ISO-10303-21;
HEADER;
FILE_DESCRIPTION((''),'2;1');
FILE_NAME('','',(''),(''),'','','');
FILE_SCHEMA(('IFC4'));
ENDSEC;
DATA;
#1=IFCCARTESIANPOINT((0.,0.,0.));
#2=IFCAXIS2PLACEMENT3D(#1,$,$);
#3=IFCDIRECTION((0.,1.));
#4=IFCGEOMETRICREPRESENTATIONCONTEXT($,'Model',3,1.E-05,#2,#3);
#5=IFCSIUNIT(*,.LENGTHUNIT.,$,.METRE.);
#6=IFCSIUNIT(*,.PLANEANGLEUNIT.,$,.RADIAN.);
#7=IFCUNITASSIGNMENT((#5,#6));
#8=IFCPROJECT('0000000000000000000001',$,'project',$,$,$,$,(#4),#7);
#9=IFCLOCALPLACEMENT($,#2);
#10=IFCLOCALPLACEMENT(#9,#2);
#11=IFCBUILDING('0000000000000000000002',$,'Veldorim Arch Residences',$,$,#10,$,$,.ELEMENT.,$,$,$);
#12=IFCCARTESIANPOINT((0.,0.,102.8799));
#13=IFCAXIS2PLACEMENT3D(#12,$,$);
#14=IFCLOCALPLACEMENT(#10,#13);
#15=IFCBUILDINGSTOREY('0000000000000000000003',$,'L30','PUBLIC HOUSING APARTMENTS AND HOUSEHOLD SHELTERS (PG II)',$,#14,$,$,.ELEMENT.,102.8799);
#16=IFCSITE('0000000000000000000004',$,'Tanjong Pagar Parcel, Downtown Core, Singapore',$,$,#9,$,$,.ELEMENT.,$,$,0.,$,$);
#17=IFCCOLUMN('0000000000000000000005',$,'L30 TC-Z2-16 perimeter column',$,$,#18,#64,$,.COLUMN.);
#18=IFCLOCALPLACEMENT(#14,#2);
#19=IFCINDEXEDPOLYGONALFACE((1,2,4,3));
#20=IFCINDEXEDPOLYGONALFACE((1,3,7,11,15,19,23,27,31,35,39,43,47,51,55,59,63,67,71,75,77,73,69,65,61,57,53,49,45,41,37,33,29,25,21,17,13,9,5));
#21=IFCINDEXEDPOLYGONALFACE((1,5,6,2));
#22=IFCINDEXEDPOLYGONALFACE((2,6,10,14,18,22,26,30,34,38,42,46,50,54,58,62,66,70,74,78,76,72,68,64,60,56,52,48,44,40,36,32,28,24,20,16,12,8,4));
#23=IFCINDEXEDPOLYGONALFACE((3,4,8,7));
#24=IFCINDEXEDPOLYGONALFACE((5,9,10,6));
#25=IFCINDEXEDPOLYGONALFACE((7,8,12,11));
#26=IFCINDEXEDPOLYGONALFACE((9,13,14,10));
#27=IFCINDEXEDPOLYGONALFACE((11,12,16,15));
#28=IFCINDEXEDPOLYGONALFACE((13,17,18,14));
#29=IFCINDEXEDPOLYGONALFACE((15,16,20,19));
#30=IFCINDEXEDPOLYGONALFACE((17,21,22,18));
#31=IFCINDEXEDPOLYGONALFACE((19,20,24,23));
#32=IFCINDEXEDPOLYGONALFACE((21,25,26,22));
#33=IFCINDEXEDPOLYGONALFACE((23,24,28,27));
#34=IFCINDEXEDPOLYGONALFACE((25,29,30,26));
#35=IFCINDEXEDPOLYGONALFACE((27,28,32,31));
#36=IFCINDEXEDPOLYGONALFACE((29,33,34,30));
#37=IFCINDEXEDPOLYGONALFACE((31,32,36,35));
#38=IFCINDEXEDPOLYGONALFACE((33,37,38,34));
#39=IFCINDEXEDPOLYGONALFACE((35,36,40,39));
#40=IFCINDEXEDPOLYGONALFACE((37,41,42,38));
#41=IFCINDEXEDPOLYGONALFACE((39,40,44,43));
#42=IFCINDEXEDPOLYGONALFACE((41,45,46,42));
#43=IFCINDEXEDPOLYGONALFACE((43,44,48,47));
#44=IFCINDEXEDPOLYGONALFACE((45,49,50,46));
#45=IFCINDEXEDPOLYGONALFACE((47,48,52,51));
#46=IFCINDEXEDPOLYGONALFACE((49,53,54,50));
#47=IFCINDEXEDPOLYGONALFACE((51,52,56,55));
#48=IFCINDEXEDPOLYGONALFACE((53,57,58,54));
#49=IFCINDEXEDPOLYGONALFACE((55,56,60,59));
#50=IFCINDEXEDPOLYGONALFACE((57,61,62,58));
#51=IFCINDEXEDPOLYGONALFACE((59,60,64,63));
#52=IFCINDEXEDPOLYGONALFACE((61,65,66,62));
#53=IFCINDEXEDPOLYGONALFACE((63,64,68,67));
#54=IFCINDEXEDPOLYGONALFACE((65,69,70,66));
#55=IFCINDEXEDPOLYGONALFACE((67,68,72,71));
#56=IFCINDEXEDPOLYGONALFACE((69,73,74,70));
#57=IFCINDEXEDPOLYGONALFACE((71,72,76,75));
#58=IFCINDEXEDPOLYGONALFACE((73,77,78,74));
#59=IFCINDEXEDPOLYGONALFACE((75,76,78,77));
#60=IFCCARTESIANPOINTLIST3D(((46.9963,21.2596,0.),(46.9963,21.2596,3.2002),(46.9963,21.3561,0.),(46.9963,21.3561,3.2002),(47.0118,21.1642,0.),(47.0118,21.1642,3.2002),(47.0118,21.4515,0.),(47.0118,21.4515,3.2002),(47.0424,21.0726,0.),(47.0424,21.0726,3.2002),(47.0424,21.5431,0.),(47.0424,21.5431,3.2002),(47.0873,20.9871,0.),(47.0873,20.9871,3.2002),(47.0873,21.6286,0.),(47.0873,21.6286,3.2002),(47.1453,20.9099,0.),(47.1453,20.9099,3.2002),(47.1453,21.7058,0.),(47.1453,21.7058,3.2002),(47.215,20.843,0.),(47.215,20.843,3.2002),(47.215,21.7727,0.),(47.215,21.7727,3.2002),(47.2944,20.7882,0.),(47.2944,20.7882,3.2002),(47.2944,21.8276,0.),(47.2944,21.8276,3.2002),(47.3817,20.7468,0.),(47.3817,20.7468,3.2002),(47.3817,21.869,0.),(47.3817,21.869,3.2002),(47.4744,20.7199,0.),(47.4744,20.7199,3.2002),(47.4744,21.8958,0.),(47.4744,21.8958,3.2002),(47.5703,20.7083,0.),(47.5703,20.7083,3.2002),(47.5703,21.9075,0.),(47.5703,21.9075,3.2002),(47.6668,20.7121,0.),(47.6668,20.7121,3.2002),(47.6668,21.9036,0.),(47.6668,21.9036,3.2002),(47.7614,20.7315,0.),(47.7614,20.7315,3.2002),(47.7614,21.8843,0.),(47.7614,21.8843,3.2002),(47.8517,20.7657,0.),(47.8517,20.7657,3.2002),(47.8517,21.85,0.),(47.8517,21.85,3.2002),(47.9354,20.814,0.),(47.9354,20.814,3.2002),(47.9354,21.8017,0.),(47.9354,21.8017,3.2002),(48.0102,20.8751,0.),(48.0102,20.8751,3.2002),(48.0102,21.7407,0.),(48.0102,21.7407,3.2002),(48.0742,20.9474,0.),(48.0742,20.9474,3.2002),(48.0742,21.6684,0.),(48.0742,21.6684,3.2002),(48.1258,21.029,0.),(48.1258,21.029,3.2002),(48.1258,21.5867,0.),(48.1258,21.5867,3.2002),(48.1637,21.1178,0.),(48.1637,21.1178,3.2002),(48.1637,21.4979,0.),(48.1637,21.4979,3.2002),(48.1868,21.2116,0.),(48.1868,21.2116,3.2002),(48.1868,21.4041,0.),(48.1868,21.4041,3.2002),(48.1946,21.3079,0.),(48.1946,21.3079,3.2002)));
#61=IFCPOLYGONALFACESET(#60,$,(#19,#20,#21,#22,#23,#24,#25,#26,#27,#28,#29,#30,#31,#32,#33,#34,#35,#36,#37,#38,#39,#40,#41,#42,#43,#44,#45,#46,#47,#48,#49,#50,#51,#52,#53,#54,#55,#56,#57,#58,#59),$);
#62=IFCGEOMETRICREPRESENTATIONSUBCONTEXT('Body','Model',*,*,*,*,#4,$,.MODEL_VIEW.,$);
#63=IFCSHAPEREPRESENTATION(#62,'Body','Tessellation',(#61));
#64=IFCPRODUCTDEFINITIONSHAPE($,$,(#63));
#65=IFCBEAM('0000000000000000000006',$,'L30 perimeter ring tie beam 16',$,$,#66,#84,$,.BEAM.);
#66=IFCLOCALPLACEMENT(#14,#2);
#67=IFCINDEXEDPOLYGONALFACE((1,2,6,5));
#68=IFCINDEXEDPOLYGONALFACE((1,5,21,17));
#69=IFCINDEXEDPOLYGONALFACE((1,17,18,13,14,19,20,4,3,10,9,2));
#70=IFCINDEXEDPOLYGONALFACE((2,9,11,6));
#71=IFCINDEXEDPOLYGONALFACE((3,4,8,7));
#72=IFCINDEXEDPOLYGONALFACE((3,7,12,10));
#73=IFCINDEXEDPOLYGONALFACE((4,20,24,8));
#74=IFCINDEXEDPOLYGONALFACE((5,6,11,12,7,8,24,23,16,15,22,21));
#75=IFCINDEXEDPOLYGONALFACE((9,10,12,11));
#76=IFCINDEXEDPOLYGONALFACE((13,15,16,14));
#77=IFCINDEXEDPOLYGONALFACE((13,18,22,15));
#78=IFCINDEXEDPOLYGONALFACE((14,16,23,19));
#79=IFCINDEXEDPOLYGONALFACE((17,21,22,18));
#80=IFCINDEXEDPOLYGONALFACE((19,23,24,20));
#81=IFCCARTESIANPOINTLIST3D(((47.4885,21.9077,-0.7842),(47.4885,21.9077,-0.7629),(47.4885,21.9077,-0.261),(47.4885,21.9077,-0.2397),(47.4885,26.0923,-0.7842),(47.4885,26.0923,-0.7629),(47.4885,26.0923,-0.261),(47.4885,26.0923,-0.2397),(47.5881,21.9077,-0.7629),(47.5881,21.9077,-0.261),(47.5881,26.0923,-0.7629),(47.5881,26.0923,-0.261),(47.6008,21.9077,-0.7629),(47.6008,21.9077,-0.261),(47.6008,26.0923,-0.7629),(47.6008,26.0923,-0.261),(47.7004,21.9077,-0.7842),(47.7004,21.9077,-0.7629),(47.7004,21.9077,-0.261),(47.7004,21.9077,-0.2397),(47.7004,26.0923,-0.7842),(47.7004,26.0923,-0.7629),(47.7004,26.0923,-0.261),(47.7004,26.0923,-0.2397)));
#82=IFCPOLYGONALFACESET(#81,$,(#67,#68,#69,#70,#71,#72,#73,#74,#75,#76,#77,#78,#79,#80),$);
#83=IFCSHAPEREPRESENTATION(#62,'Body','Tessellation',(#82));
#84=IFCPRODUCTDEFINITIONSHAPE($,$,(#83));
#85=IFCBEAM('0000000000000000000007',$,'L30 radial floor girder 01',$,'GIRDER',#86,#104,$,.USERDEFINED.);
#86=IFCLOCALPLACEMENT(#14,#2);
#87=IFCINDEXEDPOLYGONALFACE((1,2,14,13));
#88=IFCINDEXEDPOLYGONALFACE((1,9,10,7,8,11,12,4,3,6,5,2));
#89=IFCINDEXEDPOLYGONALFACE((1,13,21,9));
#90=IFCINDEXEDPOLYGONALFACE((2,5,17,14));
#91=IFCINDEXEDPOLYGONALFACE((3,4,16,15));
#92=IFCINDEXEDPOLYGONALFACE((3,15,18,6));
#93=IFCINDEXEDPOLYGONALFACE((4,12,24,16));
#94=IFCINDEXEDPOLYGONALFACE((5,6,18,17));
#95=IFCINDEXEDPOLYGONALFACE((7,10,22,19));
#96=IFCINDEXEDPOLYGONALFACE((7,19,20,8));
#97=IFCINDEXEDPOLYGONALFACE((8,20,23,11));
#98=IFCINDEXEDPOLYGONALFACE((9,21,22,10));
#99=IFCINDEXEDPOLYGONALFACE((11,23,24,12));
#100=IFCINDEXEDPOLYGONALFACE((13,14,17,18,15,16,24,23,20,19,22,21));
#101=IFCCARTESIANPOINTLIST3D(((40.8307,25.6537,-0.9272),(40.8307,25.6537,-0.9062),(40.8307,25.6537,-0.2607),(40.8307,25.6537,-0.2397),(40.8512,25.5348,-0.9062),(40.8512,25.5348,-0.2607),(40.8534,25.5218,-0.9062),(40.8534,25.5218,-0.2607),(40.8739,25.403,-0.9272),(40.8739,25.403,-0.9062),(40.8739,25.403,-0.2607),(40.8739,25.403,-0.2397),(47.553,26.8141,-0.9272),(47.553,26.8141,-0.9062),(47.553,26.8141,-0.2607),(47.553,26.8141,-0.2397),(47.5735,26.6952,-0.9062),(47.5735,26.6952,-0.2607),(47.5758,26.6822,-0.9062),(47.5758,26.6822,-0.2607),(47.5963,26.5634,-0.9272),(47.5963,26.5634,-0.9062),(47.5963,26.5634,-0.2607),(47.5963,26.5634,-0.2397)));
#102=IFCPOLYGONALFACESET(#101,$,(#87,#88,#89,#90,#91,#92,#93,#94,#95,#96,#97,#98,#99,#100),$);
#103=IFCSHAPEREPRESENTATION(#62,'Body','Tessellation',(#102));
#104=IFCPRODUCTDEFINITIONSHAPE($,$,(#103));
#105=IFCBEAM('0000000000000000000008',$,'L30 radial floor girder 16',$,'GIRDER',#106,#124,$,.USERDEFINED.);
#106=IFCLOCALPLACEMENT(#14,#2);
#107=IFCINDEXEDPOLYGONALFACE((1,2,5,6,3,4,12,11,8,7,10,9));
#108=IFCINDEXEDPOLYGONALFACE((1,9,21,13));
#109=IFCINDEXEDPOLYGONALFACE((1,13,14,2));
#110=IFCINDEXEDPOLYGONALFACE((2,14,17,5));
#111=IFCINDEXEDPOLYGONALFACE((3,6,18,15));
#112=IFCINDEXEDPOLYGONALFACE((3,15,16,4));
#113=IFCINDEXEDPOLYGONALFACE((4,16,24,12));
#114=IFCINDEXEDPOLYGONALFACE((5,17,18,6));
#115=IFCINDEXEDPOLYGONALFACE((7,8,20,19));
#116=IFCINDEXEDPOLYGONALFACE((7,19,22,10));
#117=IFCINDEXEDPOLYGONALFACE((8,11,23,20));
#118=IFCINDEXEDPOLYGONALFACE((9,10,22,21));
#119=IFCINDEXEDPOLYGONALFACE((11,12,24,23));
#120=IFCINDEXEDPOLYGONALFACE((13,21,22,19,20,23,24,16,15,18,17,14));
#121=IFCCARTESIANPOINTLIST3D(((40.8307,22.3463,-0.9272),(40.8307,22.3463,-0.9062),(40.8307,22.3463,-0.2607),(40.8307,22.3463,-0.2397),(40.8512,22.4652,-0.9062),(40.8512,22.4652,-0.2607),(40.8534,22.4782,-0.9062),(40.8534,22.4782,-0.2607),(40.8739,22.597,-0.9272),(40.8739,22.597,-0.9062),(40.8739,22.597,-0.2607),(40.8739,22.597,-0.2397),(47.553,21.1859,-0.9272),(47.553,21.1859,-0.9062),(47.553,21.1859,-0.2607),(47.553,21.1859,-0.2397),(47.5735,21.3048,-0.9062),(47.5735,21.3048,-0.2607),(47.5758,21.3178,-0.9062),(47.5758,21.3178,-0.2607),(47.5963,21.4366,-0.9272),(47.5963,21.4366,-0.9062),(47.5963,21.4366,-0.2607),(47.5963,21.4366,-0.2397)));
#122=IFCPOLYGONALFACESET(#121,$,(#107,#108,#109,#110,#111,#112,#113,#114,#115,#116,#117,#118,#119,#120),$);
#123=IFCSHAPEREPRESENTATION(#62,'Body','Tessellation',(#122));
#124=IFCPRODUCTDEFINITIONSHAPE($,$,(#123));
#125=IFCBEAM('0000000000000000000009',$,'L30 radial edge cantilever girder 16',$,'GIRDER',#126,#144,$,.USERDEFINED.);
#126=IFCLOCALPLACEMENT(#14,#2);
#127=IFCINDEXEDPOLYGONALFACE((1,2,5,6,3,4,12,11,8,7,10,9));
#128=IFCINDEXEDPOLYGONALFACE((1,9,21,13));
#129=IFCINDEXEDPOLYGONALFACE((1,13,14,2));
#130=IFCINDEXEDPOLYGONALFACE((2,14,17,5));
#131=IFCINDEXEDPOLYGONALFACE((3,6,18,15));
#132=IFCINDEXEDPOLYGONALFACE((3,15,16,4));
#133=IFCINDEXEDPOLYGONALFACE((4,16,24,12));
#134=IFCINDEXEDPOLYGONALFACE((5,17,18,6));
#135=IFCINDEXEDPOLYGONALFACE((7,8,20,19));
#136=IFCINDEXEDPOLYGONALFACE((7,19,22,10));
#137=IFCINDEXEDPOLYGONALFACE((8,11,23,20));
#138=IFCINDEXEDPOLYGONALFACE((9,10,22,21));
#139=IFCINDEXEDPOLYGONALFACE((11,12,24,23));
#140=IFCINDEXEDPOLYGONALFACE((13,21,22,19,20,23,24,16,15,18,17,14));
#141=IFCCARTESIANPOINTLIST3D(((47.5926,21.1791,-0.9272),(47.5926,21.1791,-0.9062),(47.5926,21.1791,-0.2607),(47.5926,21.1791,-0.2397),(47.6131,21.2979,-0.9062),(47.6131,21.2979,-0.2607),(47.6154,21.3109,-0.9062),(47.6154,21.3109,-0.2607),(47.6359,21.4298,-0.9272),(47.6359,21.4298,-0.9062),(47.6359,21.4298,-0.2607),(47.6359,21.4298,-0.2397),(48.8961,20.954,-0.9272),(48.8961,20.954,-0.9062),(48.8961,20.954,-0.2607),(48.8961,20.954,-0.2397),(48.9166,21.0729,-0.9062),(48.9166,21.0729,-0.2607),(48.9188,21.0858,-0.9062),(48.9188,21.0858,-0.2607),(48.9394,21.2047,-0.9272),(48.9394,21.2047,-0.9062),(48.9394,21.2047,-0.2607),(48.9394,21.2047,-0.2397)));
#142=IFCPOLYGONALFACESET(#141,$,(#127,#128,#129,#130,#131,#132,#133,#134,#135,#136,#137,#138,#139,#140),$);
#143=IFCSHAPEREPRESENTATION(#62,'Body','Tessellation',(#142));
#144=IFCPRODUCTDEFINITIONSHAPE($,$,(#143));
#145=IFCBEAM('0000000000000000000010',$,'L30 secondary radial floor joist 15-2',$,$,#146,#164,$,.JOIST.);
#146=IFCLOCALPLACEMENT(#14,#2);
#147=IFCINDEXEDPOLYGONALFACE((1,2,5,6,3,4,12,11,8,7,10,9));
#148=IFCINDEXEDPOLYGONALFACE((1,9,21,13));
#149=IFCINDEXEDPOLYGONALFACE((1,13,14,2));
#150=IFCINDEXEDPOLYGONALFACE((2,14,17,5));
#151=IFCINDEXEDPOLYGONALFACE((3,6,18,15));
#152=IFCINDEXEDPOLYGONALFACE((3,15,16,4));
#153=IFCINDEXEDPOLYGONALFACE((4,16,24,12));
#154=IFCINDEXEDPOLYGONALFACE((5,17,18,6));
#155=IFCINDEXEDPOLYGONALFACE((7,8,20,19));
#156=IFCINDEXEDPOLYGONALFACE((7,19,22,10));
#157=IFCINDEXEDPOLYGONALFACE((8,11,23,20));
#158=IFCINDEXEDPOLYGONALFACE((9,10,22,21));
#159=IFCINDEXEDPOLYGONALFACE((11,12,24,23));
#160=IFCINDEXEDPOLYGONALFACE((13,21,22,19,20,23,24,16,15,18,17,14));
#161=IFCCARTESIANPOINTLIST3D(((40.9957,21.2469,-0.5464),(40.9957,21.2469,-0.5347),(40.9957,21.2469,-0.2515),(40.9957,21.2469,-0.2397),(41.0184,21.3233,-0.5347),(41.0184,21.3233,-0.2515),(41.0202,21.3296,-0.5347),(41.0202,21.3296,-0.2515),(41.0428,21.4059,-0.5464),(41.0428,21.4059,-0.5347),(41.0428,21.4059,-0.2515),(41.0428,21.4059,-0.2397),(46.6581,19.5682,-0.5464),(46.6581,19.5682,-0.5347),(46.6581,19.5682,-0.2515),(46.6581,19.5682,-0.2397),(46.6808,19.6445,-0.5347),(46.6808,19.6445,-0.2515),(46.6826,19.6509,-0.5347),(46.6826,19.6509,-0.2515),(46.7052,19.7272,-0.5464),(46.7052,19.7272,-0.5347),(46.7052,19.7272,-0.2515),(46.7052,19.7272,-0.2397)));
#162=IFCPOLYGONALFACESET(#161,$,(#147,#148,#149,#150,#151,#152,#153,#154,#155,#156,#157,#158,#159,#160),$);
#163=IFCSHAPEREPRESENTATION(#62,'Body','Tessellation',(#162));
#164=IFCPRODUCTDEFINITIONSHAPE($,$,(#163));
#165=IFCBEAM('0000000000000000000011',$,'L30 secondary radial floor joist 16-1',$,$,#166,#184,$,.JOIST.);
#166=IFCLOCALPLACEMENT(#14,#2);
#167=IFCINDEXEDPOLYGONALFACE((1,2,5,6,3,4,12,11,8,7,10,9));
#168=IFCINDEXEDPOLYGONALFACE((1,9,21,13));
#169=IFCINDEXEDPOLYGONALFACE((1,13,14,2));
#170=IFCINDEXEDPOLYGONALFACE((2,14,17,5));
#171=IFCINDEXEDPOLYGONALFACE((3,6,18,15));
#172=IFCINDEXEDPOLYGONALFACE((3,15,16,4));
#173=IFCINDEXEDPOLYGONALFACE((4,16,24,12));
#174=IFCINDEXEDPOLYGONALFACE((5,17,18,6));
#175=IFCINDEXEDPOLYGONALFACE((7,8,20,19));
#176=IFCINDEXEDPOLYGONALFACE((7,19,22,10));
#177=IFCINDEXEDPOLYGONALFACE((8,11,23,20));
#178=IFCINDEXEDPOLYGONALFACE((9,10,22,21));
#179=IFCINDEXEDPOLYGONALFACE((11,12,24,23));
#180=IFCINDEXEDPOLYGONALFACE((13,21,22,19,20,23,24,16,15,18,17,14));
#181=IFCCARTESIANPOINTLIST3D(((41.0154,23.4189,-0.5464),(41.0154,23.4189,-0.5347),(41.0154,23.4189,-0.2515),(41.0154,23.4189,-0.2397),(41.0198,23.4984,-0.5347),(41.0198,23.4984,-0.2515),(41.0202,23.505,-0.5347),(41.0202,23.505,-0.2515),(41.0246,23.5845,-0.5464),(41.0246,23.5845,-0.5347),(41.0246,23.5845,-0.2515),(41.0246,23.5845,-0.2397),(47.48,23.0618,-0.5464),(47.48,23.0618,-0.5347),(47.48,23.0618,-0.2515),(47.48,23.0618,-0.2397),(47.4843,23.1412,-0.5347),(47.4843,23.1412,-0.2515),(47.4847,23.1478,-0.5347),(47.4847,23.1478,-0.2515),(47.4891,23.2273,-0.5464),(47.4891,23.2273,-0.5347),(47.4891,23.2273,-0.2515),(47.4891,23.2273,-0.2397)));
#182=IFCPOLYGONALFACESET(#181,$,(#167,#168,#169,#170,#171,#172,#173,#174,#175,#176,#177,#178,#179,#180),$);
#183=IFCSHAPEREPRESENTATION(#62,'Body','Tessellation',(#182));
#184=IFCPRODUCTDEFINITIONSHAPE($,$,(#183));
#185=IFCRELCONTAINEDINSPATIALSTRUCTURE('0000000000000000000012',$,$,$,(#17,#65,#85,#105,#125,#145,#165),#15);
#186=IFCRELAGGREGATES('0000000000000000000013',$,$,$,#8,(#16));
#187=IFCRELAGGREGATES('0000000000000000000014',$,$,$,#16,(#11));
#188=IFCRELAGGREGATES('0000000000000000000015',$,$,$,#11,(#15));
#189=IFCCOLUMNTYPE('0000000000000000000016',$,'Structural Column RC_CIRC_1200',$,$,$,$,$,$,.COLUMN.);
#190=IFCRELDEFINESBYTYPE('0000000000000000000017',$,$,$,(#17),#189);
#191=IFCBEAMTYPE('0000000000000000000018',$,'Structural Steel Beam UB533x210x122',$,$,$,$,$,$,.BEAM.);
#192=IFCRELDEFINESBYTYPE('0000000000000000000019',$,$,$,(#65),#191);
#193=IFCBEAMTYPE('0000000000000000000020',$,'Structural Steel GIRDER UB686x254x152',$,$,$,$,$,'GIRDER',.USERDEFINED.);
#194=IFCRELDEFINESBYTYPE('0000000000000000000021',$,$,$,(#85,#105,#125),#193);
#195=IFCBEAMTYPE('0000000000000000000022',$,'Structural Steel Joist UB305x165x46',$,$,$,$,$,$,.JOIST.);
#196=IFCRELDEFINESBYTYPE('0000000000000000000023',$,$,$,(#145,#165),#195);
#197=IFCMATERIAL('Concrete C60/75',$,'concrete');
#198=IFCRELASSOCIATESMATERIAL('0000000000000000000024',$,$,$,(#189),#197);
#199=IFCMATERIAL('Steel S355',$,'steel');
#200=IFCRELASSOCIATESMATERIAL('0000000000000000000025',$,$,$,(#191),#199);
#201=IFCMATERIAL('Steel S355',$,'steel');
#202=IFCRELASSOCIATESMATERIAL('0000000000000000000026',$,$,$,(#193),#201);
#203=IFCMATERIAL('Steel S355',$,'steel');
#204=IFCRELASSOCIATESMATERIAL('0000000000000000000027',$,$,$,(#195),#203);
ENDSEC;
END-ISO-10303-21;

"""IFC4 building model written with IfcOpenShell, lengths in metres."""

from ifc_helpers import new_model, si_unit, direction, frame, origin, origin_2d, place, context, subcontext, project, spatial, circle, i_section, extrude, material, material_profile, profile_set, type_object, element, save


model = new_model("IFC4")

# Units and contexts
model_context = context("Model", 3, precision=1e-05, world=origin(), true_north=direction((0.0, 1.0)))
body_context = subcontext(model_context, "Body", "Model", "MODEL_VIEW")
ifc_project = project(units=[si_unit("LENGTHUNIT", "METRE"), si_unit("PLANEANGLEUNIT", "RADIAN")], contexts=[model_context])

# Site, building, storey
site_placement = place(None, origin())
site = spatial("IfcSite", under=ifc_project, at=site_placement, Name="Tanjong Pagar Parcel, Downtown Core, Singapore", CompositionType="ELEMENT", RefElevation=0.0)
building_placement = place(site_placement, origin())
building = spatial("IfcBuilding", under=site, at=building_placement, Name="Veldorim Arch Residences", CompositionType="ELEMENT")
storey_placement = place(building_placement, frame((0.0, 0.0, 102.8799)))
storey = spatial("IfcBuildingStorey", under=building, at=storey_placement, Name="L30", Description="PUBLIC HOUSING APARTMENTS AND HOUSEHOLD SHELTERS (PG II)", CompositionType="ELEMENT", Elevation=102.8799)

# Column
ifc_material_1 = material(Name="Concrete C60/75", Category="concrete")
ifc_material_profile_1 = material_profile(ifc_material_1, circle(Radius=0.6001, at=origin_2d()), Name="RC_CIRC_1200")
ifc_profile_set_1 = profile_set([ifc_material_profile_1], Name="Concrete C60/75")
column_type = type_object("IfcColumnType", Name="Structural Column RC_CIRC_1200", PredefinedType="COLUMN", material=ifc_profile_set_1)
column_placement = place(storey_placement, frame((47.5945, 21.3079, 0.0), z_axis=(0.0, 0.0, 1.0), x_axis=(1.0, 0.0, 0.0)))
element("IfcColumn", 1, at=column_placement, inside=storey, type_object=column_type, Name="L30 TC-Z2-16 perimeter column", PredefinedType="COLUMN", context=body_context, shape_type="SweptSolid", body=[
    extrude(circle(Radius=0.6001, at=origin_2d()), origin(), (0.0, 0.0, 1.0), 3.2002),
])

# Beams
ifc_material_2 = material(Name="Steel S355", Category="steel")
ifc_material_profile_2 = material_profile(ifc_material_2, i_section(OverallWidth=0.2119, OverallDepth=0.5444, WebThickness=0.0127, FlangeThickness=0.0212, at=origin_2d()), Name="UB533x210x122")
ifc_profile_set_2 = profile_set([ifc_material_profile_2], Name="Steel S355")
beam_type_1 = type_object("IfcBeamType", Name="Structural Steel Beam UB533x210x122", PredefinedType="BEAM", material=ifc_profile_set_2)
beam_1_placement = place(storey_placement, frame((47.5945, 21.9077, -0.512), z_axis=(0.0, 1.0, 0.0), x_axis=(-1.0, 0.0, 0.0)))
element("IfcBeam", 2, at=beam_1_placement, inside=storey, type_object=beam_type_1, Name="L30 perimeter ring tie beam 16", PredefinedType="BEAM", context=body_context, shape_type="SweptSolid", body=[
    extrude(i_section(OverallWidth=0.2119, OverallDepth=0.5444, WebThickness=0.0127, FlangeThickness=0.0212, at=origin_2d()), origin(), (0.0, 0.0, 1.0), 4.1846),
])
ifc_material_3 = material(Name="Steel S355", Category="steel")
ifc_material_profile_3 = material_profile(ifc_material_3, i_section(OverallWidth=0.2544, OverallDepth=0.6875, WebThickness=0.0132, FlangeThickness=0.021, at=origin_2d()), Name="UB686x254x152")
ifc_profile_set_3 = profile_set([ifc_material_profile_3], Name="Steel S355")
beam_type_2 = type_object("IfcBeamType", Name="Structural Steel GIRDER UB686x254x152", ElementType="GIRDER", PredefinedType="USERDEFINED", material=ifc_profile_set_3)
for number, where, z_axis, x_axis, name in (
    (3, (40.8523, 25.5283, -0.5835), (0.985427, 0.170101, 0.0), (-0.170101, 0.985427, 0.0), "L30 radial floor girder 01"),
    (4, (40.8523, 22.4717, -0.5835), (0.985427, -0.170101, 0.0), (0.170101, 0.985427, 0.0), "L30 radial floor girder 16"),
):
    element("IfcBeam", number, at=place(storey_placement, frame(where, z_axis=z_axis, x_axis=x_axis)), inside=storey, type_object=beam_type_2, Name=name, ObjectType="GIRDER", PredefinedType="USERDEFINED", context=body_context, shape_type="SweptSolid", body=[
        extrude(i_section(OverallWidth=0.2544, OverallDepth=0.6875, WebThickness=0.0132, FlangeThickness=0.021, at=origin_2d()), origin(), (0.0, 0.0, 1.0), 6.8218),
    ])
beam_2_placement = place(storey_placement, frame((47.6143, 21.3044, -0.5835), z_axis=(0.985414, -0.170173, 0.0), x_axis=(0.170173, 0.985414, 0.0)))
element("IfcBeam", 5, at=beam_2_placement, inside=storey, type_object=beam_type_2, Name="L30 radial edge cantilever girder 16", ObjectType="GIRDER", PredefinedType="USERDEFINED", context=body_context, shape_type="SweptSolid", body=[
    extrude(i_section(OverallWidth=0.2544, OverallDepth=0.6875, WebThickness=0.0132, FlangeThickness=0.021, at=origin_2d()), origin(), (0.0, 0.0, 1.0), 1.3228),
])
ifc_material_4 = material(Name="Steel S355", Category="steel")
ifc_material_profile_4 = material_profile(ifc_material_4, i_section(OverallWidth=0.1658, OverallDepth=0.3066, WebThickness=0.0066, FlangeThickness=0.0117, at=origin_2d()), Name="UB305x165x46")
ifc_profile_set_4 = profile_set([ifc_material_profile_4], Name="Steel S355")
beam_type_3 = type_object("IfcBeamType", Name="Structural Steel Joist UB305x165x46", PredefinedType="JOIST", material=ifc_profile_set_4)
beam_3_placement = place(storey_placement, frame((41.0193, 21.3264, -0.3931), z_axis=(0.958753, -0.28424, 0.0), x_axis=(0.28424, 0.958753, 0.0)))
element("IfcBeam", 6, at=beam_3_placement, inside=storey, type_object=beam_type_3, Name="L30 secondary radial floor joist 15-2", PredefinedType="JOIST", context=body_context, shape_type="SweptSolid", body=[
    extrude(i_section(OverallWidth=0.1658, OverallDepth=0.3066, WebThickness=0.0066, FlangeThickness=0.0117, at=origin_2d()), origin(), (0.0, 0.0, 1.0), 5.906),
])
for number, where, z_axis, x_axis, name in (
    (7, (41.02, 23.5017, -0.3931), (0.998477, -0.055167, 0.0), (0.055167, 0.998477, 0.0), "L30 secondary radial floor joist 16-1"),
):
    element("IfcBeam", number, at=place(storey_placement, frame(where, z_axis=z_axis, x_axis=x_axis)), inside=storey, type_object=beam_type_3, Name=name, PredefinedType="JOIST", context=body_context, shape_type="SweptSolid", body=[
        extrude(i_section(OverallWidth=0.1658, OverallDepth=0.3066, WebThickness=0.0066, FlangeThickness=0.0117, at=origin_2d()), origin(), (0.0, 0.0, 1.0), 6.4744),
    ])

save(model, "model.ifc")
